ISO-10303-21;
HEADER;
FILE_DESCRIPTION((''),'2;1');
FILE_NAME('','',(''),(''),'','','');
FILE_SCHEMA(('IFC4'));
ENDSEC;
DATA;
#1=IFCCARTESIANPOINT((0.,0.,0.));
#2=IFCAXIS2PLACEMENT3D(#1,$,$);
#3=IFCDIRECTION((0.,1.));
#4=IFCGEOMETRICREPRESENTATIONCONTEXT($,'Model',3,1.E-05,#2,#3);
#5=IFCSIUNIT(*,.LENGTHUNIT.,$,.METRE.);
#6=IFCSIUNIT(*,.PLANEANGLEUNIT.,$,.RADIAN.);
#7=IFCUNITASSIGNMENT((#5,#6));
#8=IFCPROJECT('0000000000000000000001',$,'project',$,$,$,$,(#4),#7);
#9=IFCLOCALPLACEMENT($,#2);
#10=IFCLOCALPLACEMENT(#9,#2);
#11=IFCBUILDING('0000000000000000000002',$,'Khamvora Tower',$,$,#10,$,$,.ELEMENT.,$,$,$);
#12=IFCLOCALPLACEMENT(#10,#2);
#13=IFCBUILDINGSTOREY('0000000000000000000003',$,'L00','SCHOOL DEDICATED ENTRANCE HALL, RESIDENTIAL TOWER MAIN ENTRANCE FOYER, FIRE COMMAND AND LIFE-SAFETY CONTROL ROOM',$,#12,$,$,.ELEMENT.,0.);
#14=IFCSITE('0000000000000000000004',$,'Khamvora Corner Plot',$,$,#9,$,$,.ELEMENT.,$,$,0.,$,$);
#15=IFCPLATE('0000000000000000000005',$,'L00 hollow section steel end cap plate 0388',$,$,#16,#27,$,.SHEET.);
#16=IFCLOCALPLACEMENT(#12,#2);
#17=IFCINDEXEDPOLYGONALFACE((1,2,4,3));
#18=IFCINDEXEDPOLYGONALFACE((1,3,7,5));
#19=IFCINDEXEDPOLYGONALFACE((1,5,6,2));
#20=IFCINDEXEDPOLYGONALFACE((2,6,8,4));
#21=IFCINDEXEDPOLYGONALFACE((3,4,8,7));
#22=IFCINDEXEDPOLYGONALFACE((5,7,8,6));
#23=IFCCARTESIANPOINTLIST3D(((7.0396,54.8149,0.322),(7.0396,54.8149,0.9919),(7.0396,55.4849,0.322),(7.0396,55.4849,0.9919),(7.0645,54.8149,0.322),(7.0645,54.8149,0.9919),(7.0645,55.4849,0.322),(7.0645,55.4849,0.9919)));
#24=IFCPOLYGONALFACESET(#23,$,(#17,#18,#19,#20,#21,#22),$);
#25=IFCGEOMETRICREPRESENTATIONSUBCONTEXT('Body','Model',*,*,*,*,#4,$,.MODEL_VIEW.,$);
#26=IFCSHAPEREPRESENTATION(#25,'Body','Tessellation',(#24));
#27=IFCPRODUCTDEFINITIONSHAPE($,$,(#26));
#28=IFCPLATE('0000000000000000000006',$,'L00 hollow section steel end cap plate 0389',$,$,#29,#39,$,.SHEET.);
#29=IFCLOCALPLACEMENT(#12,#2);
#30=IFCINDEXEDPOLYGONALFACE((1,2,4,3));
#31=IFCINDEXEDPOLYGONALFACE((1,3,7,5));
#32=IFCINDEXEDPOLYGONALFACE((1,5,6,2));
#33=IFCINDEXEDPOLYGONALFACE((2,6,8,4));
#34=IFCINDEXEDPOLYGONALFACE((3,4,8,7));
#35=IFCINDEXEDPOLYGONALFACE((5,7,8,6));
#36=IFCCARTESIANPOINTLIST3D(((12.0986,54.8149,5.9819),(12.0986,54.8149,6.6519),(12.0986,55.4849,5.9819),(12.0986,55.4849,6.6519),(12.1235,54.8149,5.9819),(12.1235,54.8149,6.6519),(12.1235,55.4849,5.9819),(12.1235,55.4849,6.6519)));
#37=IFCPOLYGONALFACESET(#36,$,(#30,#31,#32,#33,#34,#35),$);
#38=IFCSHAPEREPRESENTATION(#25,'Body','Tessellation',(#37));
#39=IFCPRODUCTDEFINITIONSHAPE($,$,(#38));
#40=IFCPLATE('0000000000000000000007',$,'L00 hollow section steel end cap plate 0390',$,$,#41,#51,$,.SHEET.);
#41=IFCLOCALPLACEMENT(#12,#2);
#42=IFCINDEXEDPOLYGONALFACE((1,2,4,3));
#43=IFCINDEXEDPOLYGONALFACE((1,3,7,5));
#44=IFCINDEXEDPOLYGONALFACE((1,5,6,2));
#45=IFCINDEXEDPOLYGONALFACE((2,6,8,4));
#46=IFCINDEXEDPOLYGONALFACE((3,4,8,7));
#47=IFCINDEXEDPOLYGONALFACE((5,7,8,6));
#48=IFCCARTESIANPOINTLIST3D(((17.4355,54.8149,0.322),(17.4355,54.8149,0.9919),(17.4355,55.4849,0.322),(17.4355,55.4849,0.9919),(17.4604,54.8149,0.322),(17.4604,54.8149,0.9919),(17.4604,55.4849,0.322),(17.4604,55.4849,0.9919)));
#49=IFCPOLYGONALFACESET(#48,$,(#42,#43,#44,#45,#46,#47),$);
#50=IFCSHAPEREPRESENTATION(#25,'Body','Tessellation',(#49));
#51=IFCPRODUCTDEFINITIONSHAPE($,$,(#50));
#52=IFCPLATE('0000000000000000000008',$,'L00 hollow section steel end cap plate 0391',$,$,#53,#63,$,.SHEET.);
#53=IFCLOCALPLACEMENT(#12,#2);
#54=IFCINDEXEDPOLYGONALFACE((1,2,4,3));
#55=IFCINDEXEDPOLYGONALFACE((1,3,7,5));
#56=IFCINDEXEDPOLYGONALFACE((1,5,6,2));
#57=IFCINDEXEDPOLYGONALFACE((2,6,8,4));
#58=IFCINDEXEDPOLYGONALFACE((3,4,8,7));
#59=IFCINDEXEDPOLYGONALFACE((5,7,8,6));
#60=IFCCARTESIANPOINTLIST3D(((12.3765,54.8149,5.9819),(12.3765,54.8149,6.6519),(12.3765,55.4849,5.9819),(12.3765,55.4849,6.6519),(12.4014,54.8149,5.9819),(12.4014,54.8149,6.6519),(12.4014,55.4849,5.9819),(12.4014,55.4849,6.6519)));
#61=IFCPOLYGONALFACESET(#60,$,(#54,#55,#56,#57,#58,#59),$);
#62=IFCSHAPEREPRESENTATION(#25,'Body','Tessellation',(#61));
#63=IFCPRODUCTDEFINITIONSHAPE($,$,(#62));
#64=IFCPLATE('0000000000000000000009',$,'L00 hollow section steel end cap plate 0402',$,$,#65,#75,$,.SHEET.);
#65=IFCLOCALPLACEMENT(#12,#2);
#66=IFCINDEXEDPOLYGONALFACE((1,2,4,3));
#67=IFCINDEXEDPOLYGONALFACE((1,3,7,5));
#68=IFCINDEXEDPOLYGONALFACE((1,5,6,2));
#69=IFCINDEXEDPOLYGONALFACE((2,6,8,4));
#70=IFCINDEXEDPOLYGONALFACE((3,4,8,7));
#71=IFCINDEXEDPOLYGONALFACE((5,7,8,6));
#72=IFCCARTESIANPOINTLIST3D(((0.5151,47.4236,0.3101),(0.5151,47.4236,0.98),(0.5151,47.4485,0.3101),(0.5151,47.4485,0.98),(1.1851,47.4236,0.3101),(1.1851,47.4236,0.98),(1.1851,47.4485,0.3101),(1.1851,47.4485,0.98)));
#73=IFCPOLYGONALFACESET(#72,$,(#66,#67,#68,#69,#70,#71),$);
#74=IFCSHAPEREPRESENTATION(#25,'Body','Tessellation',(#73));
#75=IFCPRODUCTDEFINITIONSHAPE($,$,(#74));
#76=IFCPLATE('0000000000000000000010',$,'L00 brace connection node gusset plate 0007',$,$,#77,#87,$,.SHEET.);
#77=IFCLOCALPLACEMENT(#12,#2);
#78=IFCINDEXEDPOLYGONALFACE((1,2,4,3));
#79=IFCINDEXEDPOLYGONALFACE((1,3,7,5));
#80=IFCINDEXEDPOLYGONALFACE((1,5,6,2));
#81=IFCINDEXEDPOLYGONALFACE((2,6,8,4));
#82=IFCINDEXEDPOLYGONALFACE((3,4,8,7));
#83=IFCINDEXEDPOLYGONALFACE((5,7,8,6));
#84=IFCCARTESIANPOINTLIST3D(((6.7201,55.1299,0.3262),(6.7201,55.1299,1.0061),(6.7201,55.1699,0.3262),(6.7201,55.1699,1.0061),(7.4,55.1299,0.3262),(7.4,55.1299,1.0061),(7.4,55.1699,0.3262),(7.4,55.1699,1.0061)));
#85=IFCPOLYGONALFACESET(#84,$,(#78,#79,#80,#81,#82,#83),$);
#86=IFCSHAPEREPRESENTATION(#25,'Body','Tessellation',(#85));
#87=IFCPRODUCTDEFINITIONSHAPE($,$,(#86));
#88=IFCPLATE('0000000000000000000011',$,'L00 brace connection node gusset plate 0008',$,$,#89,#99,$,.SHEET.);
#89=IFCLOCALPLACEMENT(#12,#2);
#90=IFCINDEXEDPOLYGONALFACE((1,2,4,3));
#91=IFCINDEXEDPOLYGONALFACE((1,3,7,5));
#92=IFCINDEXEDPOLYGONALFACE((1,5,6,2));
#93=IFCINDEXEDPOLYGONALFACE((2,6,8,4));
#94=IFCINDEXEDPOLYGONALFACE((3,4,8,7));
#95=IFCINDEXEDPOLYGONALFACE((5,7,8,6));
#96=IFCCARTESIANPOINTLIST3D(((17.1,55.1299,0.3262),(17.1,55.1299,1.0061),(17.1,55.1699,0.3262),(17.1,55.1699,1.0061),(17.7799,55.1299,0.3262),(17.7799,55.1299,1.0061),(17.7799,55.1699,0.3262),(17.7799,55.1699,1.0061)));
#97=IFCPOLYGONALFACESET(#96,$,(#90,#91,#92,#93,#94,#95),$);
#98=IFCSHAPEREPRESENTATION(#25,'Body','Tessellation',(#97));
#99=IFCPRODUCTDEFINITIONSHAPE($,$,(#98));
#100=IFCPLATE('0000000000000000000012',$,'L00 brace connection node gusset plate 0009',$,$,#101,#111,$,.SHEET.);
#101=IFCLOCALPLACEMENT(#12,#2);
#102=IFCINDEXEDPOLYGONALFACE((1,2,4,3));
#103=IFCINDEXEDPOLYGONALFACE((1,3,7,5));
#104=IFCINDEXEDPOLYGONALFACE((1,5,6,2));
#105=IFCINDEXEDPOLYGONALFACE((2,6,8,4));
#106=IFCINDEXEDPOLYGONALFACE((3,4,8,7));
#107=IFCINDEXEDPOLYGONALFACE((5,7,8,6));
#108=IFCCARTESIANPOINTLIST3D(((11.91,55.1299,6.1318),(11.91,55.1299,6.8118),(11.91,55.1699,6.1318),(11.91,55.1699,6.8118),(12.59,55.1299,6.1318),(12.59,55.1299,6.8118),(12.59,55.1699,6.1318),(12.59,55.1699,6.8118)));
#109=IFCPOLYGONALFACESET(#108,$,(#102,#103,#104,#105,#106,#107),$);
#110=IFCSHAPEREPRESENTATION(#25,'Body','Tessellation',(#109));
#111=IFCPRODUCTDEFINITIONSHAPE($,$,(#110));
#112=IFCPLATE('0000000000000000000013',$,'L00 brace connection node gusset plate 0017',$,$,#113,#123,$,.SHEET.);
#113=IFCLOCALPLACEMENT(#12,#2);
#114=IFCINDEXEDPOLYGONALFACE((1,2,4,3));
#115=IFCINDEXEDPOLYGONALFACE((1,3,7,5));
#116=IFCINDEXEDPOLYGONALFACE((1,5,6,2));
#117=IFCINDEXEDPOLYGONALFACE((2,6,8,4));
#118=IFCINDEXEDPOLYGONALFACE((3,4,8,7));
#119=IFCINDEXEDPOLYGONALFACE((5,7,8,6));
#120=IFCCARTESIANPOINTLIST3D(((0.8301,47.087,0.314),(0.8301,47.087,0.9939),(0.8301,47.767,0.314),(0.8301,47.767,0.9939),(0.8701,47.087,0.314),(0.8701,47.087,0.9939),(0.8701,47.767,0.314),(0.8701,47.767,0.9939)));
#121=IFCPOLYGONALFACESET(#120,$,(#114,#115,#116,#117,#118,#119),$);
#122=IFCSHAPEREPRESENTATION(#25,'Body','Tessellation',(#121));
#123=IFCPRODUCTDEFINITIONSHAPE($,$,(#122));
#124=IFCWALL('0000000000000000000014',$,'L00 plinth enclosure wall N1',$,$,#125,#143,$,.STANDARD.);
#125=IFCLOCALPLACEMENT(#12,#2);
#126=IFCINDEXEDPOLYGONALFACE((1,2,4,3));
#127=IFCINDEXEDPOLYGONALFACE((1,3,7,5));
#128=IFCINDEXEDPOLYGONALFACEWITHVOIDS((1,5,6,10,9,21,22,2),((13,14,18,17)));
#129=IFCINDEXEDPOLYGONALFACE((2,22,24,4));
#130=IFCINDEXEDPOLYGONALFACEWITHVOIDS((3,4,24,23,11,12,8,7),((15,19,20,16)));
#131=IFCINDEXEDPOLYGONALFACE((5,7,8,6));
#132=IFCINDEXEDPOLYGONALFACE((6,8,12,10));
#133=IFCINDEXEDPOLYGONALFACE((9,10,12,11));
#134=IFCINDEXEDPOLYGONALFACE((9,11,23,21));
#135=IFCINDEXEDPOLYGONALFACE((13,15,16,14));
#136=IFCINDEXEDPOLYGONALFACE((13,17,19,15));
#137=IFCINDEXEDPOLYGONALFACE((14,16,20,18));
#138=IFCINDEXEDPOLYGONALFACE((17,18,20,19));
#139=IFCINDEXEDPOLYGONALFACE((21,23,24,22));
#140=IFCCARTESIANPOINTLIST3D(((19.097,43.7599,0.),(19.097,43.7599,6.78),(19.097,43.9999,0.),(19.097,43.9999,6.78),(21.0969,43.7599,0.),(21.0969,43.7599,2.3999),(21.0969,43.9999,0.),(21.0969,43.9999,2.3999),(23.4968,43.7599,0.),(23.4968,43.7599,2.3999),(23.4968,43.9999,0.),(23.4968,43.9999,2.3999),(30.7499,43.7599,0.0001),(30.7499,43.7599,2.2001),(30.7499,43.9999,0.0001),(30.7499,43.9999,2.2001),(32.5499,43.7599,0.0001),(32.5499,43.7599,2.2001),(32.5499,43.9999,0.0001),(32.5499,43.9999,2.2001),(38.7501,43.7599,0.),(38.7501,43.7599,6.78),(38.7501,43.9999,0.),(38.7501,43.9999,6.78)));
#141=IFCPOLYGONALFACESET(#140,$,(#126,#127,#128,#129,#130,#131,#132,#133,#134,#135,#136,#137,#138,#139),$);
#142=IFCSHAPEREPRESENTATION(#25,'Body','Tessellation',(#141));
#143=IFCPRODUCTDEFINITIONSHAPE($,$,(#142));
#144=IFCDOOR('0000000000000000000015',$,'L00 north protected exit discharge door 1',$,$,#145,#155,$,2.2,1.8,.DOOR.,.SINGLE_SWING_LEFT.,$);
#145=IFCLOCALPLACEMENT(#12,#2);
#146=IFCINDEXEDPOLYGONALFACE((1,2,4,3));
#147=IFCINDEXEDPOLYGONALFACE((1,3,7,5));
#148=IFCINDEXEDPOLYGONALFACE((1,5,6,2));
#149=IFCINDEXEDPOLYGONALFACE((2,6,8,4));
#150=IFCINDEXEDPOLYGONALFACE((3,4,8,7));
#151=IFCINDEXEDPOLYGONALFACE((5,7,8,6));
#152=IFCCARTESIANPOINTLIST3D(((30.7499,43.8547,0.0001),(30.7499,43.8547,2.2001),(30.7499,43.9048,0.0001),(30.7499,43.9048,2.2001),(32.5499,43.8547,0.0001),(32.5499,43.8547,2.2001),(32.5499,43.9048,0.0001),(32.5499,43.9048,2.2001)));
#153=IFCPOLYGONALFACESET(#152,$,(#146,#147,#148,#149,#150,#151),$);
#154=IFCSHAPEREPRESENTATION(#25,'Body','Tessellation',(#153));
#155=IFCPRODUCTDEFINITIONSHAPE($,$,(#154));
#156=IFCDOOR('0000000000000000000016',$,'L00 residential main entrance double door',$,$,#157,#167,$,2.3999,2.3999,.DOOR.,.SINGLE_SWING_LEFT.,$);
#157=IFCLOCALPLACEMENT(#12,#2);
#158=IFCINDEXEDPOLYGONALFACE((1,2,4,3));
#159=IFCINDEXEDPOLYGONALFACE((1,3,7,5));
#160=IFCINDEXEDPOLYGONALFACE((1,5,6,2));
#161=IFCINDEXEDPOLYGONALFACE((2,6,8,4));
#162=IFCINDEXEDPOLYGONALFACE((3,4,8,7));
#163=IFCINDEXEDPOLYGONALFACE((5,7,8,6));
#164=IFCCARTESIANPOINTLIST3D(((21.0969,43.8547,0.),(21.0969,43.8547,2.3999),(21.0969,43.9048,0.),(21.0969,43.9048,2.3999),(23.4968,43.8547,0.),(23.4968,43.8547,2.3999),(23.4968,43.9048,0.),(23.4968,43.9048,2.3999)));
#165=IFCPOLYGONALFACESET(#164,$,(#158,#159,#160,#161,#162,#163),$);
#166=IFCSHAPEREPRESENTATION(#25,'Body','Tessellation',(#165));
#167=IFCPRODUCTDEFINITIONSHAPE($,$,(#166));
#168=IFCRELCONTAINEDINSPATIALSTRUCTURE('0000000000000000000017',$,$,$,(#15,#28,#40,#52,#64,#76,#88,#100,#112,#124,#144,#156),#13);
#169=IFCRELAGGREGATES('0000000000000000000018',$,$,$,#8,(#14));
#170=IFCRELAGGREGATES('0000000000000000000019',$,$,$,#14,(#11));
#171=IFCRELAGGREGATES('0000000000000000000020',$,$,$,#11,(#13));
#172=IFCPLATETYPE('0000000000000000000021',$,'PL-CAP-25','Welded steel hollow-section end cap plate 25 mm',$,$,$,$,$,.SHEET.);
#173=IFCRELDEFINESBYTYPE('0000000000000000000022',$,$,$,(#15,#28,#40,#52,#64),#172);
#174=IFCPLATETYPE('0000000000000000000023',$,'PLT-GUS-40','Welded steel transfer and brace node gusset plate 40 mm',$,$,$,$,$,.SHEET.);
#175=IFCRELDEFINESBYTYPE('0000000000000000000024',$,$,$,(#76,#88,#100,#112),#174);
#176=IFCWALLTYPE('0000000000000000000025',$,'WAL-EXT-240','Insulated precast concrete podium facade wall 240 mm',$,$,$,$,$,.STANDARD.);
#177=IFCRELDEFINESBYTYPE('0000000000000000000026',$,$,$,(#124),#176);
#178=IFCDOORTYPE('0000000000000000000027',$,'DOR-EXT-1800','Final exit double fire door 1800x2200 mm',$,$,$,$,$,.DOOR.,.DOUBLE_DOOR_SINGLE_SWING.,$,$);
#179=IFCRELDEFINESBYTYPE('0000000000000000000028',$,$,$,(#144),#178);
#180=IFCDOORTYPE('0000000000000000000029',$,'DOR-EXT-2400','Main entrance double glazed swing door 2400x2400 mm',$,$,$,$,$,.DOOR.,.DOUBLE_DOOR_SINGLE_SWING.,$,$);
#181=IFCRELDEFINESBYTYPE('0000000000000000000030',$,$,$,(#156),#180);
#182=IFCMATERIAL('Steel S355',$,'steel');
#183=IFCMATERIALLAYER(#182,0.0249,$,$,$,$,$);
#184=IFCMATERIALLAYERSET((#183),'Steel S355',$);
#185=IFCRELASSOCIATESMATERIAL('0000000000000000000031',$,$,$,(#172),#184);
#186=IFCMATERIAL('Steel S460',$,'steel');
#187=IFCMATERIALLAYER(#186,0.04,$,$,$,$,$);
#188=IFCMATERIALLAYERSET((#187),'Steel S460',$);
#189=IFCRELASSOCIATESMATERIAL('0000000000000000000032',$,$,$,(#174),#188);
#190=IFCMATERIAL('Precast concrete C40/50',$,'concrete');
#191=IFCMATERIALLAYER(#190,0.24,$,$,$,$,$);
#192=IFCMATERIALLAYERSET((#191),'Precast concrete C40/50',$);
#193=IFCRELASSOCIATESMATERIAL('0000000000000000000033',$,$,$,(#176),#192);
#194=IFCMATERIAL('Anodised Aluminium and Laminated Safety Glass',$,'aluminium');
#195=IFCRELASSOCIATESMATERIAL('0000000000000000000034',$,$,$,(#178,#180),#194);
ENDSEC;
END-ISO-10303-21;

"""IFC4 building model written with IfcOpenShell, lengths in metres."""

from ifc_helpers import new_model, si_unit, direction, frame, frame_2d, origin, origin_2d, place, context, subcontext, project, spatial, rectangle, extrude, material, layer, layer_set, type_object, element, fill, save


model = new_model("IFC4")

# Units and contexts
model_context = context("Model", 3, precision=1e-05, world=origin(), true_north=direction((0.0, 1.0)))
body_context = subcontext(model_context, "Body", "Model", "MODEL_VIEW")
ifc_project = project(units=[si_unit("LENGTHUNIT", "METRE"), si_unit("PLANEANGLEUNIT", "RADIAN")], contexts=[model_context])

# Site, building, storey
site_placement = place(None, origin())
site = spatial("IfcSite", under=ifc_project, at=site_placement, Name="Khamvora Corner Plot", CompositionType="ELEMENT", RefElevation=0.0)
building_placement = place(site_placement, origin())
building = spatial("IfcBuilding", under=site, at=building_placement, Name="Khamvora Tower", CompositionType="ELEMENT")
storey_placement = place(building_placement, origin())
storey = spatial("IfcBuildingStorey", under=building, at=storey_placement, Name="L00", Description="SCHOOL DEDICATED ENTRANCE HALL, RESIDENTIAL TOWER MAIN ENTRANCE FOYER, FIRE COMMAND AND LIFE-SAFETY CONTROL ROOM", CompositionType="ELEMENT", Elevation=0.0)

# Shared definitions
ifc_material_1 = material(Name="Steel S460", Category="steel")

# Shared definitions
ifc_material_2 = material(Name="Steel S355", Category="steel")

# Plates
ifc_layer_1 = layer(ifc_material_2, 0.0249)
ifc_layer_set_1 = layer_set([ifc_layer_1], Name="Steel S355")
plate_type_1 = type_object("IfcPlateType", Name="PL-CAP-25", Description="Welded steel hollow-section end cap plate 25 mm", PredefinedType="SHEET", material=ifc_layer_set_1)
for number, where, z_axis, x_axis, name in (
    (1, (7.052, 55.1499, 0.322), (0.0, 0.0, 1.0), (1.0, 0.0, 0.0), "L00 hollow section steel end cap plate 0388"),
    (2, (12.1111, 55.1499, 5.9819), (0.0, 0.0, 1.0), (1.0, 0.0, 0.0), "L00 hollow section steel end cap plate 0389"),
    (3, (17.448, 55.1499, 0.322), (0.0, 0.0, 1.0), (-1.0, 0.0, 0.0), "L00 hollow section steel end cap plate 0390"),
    (4, (12.3889, 55.1499, 5.9819), (0.0, 0.0, 1.0), (-1.0, 0.0, 0.0), "L00 hollow section steel end cap plate 0391"),
    (5, (0.8501, 47.436, 0.3101), (0.0, 0.0, 1.0), (0.0, -1.0, 0.0), "L00 hollow section steel end cap plate 0402"),
):
    element("IfcPlate", number, at=place(storey_placement, frame(where, z_axis=z_axis, x_axis=x_axis)), inside=storey, type_object=plate_type_1, Name=name, PredefinedType="SHEET", context=body_context, shape_type="SweptSolid", body=[
        extrude(rectangle(XDim=0.0249, YDim=0.6699, at=origin_2d()), origin(), (0.0, 0.0, 1.0), 0.6699),
    ])
ifc_layer_2 = layer(ifc_material_1, 0.04)
ifc_layer_set_2 = layer_set([ifc_layer_2], Name="Steel S460")
plate_type_2 = type_object("IfcPlateType", Name="PLT-GUS-40", Description="Welded steel transfer and brace node gusset plate 40 mm", PredefinedType="SHEET", material=ifc_layer_set_2)
for number, where, z_axis, x_axis, name in (
    (6, (7.0601, 55.1499, 0.3262), (0.0, 0.0, 1.0), (1.0, 0.0, 0.0), "L00 brace connection node gusset plate 0007"),
    (7, (17.4399, 55.1499, 0.3262), (0.0, 0.0, 1.0), (1.0, 0.0, 0.0), "L00 brace connection node gusset plate 0008"),
    (8, (12.25, 55.1499, 6.1318), (0.0, 0.0, 1.0), (1.0, 0.0, 0.0), "L00 brace connection node gusset plate 0009"),
    (9, (0.8501, 47.427, 0.314), (0.0, 0.0, 1.0), (0.0, 1.0, 0.0), "L00 brace connection node gusset plate 0017"),
):
    element("IfcPlate", number, at=place(storey_placement, frame(where, z_axis=z_axis, x_axis=x_axis)), inside=storey, type_object=plate_type_2, Name=name, PredefinedType="SHEET", context=body_context, shape_type="SweptSolid", body=[
        extrude(rectangle(XDim=0.6799, YDim=0.04, at=origin_2d()), origin(), (0.0, 0.0, 1.0), 0.6799),
    ])

# Wall, openings, doors
ifc_material_3 = material(Name="Precast concrete C40/50", Category="concrete")
ifc_layer_3 = layer(ifc_material_3, 0.24)
ifc_layer_set_3 = layer_set([ifc_layer_3], Name="Precast concrete C40/50")
wall_type = type_object("IfcWallType", Name="WAL-EXT-240", Description="Insulated precast concrete podium facade wall 240 mm", PredefinedType="STANDARD", material=ifc_layer_set_3)
wall_placement = place(storey_placement, frame((19.0969, 43.8799, 0.0), z_axis=(0.0, 0.0, 1.0), x_axis=(1.0, 0.0, 0.0)))
wall = element("IfcWall", 10, at=wall_placement, inside=storey, type_object=wall_type, Name="L00 plinth enclosure wall N1", PredefinedType="STANDARD", context=body_context, shape_type="SweptSolid", body=[
    extrude(rectangle(XDim=19.6531, YDim=0.24, at=frame_2d((9.8267, 0.0))), origin(), (0.0, 0.0, 1.0), 6.78),
])
opening_1_placement = place(wall_placement, frame((11.6531, 0.0, 0.0)))
opening_1 = element("IfcOpeningElement", 11, at=opening_1_placement, cuts=wall, PredefinedType="OPENING", context=body_context, shape_type="SweptSolid", body=[
    extrude(rectangle(XDim=1.8, YDim=2.2, at=frame_2d((0.8999, 1.1001))), frame((0.0, 0.1299, 0.0), z_axis=(0.0, -1.0, 0.0), x_axis=(1.0, 0.0, 0.0)), (0.0, 0.0, 1.0), 0.26),
])
opening_2_placement = place(wall_placement, frame((2.0, 0.0, 0.0)))
opening_2 = element("IfcOpeningElement", 12, at=opening_2_placement, cuts=wall, PredefinedType="OPENING", context=body_context, shape_type="SweptSolid", body=[
    extrude(rectangle(XDim=2.3999, YDim=2.3999, at=frame_2d((1.2, 1.2))), frame((0.0, 0.1299, 0.0), z_axis=(0.0, -1.0, 0.0), x_axis=(1.0, 0.0, 0.0)), (0.0, 0.0, 1.0), 0.26),
])
ifc_material_4 = material(Name="Anodised Aluminium and Laminated Safety Glass", Category="aluminium")
door_type_1 = type_object("IfcDoorType", Name="DOR-EXT-1800", Description="Final exit double fire door 1800x2200 mm", OperationType="DOUBLE_DOOR_SINGLE_SWING", PredefinedType="DOOR", material=ifc_material_4)
door_1_placement = place(opening_1_placement, origin())
door_1 = element("IfcDoor", 13, at=door_1_placement, inside=storey, type_object=door_type_1, Name="L00 north protected exit discharge door 1", OperationType="SINGLE_SWING_LEFT", OverallHeight=2.2, OverallWidth=1.8, PredefinedType="DOOR", context=body_context, shape_type="SweptSolid", body=[
    extrude(rectangle(XDim=1.8, YDim=2.2, at=frame_2d((0.8999, 1.1001))), frame((0.0, 0.0249, 0.0), z_axis=(0.0, -1.0, 0.0), x_axis=(1.0, 0.0, 0.0)), (0.0, 0.0, 1.0), 0.05),
])
fill(opening_1, door_1)
door_type_2 = type_object("IfcDoorType", Name="DOR-EXT-2400", Description="Main entrance double glazed swing door 2400x2400 mm", OperationType="DOUBLE_DOOR_SINGLE_SWING", PredefinedType="DOOR", material=ifc_material_4)
door_2_placement = place(opening_2_placement, origin())
door_2 = element("IfcDoor", 14, at=door_2_placement, inside=storey, type_object=door_type_2, Name="L00 residential main entrance double door", OperationType="SINGLE_SWING_LEFT", OverallHeight=2.3999, OverallWidth=2.3999, PredefinedType="DOOR", context=body_context, shape_type="SweptSolid", body=[
    extrude(rectangle(XDim=2.3999, YDim=2.3999, at=frame_2d((1.2, 1.2))), frame((0.0, 0.0249, 0.0), z_axis=(0.0, -1.0, 0.0), x_axis=(1.0, 0.0, 0.0)), (0.0, 0.0, 1.0), 0.05),
])
fill(opening_2, door_2)

save(model, "model.ifc")
